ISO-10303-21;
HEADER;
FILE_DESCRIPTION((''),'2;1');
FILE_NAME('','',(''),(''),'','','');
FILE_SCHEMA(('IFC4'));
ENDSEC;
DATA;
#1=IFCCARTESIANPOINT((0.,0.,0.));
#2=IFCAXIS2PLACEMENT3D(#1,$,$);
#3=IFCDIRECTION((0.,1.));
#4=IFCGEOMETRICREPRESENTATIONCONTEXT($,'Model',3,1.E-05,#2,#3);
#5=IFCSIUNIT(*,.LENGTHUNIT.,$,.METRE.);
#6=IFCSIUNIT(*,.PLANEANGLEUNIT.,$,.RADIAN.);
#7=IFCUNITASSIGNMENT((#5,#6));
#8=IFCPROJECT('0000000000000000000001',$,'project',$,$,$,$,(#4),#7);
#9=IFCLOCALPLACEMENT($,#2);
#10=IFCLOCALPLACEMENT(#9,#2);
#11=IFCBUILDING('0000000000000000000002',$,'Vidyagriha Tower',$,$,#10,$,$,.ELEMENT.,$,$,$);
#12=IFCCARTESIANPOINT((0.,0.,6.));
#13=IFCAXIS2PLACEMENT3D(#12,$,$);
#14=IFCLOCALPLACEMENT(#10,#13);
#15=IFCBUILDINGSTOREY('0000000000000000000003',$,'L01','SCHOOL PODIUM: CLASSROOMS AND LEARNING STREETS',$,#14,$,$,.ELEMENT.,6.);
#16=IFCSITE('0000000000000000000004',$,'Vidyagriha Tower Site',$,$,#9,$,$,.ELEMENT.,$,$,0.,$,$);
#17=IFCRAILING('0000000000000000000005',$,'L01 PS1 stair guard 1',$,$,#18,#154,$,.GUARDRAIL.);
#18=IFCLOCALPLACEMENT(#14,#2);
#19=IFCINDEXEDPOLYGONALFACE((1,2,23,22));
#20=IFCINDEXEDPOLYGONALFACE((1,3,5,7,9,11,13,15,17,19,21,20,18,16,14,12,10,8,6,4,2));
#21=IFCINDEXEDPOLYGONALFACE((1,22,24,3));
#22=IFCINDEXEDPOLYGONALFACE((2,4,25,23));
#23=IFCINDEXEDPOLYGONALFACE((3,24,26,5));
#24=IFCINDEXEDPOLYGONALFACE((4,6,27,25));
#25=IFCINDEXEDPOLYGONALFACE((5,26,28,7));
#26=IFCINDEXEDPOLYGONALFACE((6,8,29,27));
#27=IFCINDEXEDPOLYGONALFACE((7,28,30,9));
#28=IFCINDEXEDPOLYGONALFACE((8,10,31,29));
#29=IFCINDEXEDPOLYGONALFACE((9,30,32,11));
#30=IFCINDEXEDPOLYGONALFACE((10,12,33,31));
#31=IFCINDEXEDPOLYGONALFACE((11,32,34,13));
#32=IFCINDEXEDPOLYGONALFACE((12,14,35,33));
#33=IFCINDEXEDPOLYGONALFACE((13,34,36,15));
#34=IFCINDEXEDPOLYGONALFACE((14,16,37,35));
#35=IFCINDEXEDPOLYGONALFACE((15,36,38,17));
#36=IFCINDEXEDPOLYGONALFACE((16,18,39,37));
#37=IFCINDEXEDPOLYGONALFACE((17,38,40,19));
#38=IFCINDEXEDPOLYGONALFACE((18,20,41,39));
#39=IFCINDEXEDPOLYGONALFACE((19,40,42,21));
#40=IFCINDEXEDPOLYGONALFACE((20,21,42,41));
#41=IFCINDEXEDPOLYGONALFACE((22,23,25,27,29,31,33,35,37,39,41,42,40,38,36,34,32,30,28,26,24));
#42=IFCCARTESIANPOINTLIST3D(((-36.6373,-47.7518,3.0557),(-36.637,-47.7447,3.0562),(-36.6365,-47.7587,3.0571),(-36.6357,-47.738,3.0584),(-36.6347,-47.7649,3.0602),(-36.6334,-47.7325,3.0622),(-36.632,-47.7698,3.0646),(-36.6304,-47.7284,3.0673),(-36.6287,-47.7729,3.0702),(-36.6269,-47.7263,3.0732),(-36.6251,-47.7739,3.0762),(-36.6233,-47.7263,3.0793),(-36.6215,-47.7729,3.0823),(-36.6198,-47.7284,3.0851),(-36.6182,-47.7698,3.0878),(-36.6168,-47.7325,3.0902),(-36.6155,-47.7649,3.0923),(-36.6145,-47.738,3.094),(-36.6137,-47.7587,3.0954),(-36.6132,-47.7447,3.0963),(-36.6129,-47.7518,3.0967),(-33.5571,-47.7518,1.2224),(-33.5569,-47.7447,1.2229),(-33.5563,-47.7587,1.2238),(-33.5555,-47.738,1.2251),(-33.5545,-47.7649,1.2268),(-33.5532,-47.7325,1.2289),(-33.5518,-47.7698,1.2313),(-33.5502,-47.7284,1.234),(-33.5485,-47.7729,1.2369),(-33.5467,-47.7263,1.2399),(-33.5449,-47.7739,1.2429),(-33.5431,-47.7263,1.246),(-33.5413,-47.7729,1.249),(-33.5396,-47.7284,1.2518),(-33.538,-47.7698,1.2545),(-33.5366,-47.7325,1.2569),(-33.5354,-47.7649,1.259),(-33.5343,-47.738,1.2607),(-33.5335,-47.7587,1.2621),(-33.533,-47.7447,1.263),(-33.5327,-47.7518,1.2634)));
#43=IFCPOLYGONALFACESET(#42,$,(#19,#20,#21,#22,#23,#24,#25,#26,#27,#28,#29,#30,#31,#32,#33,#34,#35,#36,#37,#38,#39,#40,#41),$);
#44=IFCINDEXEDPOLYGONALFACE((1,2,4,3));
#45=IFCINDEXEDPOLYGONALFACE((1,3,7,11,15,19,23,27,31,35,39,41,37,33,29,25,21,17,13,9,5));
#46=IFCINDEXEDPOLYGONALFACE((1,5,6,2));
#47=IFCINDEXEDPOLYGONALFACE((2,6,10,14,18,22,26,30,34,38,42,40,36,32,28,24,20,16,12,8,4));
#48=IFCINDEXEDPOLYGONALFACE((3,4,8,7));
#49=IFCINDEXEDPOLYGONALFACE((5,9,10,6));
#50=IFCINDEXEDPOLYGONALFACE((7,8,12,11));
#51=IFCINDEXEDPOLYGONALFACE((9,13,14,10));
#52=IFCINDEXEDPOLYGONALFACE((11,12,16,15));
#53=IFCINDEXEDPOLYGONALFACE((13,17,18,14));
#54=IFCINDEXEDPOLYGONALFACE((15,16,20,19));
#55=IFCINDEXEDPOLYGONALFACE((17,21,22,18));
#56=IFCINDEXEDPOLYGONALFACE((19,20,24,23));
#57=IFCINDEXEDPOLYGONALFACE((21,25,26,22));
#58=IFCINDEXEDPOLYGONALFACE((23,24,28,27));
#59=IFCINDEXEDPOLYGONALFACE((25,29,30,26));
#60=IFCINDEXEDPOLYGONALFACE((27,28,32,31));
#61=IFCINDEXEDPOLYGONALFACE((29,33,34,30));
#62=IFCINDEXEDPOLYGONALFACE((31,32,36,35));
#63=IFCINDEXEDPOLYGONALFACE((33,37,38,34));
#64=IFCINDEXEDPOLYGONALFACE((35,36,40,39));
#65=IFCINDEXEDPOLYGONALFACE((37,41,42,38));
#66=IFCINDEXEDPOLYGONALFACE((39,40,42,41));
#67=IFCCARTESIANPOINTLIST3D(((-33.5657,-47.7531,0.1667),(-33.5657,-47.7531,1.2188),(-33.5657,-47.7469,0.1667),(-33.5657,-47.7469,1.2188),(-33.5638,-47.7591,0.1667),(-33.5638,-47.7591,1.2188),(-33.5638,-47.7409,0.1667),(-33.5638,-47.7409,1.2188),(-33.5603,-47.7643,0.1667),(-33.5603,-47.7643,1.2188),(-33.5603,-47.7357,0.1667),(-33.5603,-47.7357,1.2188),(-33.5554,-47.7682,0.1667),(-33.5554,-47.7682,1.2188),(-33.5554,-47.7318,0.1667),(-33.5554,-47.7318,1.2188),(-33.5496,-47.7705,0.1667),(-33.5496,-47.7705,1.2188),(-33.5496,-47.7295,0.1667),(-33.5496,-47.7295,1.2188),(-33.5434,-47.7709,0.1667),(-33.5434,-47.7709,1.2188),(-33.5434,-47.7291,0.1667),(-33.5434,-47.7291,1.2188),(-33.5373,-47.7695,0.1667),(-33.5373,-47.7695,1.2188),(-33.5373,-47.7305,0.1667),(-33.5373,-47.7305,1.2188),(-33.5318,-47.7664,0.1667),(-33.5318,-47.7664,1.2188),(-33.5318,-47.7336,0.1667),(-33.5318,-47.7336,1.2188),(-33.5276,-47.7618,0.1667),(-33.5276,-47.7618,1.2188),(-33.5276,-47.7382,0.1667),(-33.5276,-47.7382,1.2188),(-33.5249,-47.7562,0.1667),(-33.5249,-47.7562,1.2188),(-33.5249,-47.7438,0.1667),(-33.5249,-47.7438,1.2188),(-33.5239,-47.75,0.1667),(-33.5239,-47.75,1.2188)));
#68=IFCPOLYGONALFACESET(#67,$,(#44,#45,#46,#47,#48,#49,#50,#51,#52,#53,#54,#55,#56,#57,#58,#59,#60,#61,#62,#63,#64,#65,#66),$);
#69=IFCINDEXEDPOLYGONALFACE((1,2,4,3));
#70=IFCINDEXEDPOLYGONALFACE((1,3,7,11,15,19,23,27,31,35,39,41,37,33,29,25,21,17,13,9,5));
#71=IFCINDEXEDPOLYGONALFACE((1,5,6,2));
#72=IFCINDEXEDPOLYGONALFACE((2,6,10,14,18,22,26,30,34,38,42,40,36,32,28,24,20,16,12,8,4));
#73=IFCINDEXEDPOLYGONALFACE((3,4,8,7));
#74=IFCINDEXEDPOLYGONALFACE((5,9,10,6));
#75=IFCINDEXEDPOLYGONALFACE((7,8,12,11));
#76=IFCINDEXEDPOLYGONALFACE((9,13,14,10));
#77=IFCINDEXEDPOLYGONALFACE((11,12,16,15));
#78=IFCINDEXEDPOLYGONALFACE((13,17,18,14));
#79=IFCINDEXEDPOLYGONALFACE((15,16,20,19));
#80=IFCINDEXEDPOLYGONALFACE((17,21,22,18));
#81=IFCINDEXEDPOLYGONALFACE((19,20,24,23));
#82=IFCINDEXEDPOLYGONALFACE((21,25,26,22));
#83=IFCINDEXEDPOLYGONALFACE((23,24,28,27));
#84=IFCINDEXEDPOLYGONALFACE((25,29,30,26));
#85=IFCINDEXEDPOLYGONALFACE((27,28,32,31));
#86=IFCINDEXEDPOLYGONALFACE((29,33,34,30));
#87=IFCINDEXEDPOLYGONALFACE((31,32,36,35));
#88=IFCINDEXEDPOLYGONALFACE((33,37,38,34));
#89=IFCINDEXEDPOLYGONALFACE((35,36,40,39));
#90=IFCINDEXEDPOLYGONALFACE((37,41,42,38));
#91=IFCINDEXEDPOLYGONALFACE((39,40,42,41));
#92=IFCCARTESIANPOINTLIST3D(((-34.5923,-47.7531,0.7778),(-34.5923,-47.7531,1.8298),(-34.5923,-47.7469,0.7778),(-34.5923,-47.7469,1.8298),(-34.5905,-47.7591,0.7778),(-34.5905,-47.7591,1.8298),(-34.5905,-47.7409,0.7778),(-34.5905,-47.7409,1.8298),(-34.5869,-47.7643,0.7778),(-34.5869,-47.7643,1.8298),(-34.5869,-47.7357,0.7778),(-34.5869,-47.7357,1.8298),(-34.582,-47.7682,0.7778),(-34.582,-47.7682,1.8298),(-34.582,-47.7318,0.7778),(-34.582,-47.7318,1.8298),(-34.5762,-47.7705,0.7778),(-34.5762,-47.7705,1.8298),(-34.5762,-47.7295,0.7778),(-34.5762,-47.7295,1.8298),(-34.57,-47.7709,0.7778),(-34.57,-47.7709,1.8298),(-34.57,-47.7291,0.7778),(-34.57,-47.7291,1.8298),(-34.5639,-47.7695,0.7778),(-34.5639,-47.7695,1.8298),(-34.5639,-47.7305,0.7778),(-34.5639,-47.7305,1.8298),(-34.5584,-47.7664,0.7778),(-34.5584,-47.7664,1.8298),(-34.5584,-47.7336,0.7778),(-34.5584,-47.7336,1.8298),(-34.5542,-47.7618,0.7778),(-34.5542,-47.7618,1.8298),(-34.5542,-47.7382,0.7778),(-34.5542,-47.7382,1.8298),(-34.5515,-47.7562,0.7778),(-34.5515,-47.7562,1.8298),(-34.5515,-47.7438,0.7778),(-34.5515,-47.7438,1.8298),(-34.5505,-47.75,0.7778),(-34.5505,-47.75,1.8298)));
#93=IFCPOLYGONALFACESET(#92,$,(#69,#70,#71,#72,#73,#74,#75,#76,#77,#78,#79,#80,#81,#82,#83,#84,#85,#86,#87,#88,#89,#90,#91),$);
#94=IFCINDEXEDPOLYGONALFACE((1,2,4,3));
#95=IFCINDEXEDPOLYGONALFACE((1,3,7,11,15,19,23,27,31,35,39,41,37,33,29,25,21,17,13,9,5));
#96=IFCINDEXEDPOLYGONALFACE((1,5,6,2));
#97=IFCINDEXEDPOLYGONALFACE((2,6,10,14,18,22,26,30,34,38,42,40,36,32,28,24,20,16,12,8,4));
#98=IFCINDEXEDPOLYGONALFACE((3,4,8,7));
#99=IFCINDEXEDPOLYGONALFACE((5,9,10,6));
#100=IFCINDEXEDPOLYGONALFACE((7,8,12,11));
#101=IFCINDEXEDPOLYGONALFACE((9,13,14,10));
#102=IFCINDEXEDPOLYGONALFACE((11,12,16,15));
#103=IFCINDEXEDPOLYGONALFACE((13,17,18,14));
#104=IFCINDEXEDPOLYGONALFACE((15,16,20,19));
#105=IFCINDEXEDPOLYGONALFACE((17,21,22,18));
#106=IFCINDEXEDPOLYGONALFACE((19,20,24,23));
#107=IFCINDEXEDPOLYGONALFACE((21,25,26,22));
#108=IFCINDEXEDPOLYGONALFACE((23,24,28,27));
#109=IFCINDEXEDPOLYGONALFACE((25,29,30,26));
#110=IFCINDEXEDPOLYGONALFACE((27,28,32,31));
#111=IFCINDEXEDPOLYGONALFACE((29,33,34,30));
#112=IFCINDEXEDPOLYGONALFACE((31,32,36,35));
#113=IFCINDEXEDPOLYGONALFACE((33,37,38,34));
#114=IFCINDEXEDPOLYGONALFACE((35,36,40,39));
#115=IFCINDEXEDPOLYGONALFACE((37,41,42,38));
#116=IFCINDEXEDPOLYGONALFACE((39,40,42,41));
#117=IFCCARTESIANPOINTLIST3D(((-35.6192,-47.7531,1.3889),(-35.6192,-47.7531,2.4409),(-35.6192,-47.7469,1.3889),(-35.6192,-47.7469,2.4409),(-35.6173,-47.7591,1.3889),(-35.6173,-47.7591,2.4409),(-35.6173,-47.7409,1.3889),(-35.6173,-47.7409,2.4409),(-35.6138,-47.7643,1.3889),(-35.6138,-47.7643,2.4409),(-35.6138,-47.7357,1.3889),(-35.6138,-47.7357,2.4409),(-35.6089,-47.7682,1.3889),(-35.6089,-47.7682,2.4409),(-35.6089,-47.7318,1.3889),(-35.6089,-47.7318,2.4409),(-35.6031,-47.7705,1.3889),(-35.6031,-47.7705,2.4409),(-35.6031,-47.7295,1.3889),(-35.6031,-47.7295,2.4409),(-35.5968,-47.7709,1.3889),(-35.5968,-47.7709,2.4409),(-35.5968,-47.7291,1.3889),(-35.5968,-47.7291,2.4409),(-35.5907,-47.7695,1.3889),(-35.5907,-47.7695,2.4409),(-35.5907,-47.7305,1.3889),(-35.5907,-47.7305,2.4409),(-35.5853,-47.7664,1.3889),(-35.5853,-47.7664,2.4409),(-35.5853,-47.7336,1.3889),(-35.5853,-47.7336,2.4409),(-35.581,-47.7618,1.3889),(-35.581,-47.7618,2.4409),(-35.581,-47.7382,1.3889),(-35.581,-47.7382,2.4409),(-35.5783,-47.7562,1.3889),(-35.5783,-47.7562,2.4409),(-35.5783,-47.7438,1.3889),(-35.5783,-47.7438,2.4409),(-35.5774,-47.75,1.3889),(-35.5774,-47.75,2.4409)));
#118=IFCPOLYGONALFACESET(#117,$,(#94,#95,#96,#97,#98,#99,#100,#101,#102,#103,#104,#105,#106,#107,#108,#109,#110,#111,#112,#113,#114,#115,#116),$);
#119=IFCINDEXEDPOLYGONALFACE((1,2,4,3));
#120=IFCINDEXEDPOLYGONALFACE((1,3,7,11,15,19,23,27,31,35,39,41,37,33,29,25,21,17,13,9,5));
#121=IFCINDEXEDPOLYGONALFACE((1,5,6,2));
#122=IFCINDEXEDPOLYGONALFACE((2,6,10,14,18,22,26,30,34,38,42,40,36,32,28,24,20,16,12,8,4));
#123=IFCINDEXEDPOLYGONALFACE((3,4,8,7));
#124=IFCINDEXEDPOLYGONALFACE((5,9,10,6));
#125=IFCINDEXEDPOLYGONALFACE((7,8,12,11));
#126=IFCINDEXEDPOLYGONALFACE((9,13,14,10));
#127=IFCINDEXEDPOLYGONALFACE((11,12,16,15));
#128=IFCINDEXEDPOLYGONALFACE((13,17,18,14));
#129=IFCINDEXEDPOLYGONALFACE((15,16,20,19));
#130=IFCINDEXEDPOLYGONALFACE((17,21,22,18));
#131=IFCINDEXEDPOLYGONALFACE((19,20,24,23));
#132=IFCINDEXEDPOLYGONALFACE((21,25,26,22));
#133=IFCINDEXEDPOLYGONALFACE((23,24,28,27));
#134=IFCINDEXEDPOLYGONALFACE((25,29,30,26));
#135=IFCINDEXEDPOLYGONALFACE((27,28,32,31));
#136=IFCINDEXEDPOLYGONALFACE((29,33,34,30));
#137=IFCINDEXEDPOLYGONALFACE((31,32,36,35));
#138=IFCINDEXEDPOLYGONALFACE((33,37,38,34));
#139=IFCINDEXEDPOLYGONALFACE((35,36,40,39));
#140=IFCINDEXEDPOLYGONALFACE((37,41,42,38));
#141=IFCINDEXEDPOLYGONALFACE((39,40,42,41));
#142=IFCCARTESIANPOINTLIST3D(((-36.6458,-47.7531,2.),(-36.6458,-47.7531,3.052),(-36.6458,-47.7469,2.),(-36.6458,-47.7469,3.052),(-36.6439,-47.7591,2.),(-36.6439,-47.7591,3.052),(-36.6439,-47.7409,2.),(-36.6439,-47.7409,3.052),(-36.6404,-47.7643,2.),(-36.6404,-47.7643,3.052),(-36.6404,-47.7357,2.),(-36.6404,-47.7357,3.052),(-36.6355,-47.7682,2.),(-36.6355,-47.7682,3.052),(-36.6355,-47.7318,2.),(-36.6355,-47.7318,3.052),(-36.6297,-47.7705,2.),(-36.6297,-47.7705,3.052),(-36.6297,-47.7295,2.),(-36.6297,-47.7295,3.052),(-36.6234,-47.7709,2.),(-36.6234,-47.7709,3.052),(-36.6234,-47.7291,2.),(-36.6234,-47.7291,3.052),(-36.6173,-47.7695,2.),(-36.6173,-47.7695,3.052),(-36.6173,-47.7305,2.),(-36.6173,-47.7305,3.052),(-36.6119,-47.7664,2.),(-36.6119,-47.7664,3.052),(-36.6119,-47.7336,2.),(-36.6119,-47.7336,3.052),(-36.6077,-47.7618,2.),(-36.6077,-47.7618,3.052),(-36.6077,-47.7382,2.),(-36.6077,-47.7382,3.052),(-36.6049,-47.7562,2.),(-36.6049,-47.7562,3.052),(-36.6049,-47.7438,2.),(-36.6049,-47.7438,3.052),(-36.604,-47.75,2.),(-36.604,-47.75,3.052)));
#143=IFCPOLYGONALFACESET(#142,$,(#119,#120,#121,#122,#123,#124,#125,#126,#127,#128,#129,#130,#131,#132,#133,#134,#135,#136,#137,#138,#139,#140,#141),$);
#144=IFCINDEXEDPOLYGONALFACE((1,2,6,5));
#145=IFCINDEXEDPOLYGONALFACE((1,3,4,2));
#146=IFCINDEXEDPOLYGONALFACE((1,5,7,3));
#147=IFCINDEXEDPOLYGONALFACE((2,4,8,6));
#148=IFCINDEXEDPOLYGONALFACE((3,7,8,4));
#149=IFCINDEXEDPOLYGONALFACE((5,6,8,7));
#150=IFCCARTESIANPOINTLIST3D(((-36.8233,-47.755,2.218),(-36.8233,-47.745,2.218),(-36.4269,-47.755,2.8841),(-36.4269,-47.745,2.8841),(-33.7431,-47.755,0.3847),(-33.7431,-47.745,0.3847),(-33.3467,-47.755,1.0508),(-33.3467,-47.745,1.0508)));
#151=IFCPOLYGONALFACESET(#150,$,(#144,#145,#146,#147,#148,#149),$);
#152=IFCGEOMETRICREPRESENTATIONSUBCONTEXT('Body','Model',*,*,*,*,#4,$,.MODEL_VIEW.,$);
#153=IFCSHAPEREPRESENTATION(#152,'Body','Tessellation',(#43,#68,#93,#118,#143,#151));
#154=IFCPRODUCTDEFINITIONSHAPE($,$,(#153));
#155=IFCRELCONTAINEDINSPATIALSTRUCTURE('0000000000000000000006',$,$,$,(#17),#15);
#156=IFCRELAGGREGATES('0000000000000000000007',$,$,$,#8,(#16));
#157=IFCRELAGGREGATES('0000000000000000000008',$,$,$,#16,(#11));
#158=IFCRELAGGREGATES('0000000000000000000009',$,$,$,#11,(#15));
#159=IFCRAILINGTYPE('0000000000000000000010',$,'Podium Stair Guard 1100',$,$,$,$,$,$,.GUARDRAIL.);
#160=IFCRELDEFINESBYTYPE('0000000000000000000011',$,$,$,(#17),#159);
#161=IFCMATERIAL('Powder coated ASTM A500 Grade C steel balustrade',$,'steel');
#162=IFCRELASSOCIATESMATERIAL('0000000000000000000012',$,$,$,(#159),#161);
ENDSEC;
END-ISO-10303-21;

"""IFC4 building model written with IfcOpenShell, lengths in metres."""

from ifc_helpers import new_model, si_unit, direction, frame, origin, origin_2d, place, context, subcontext, project, spatial, rectangle, circle, extrude, material, type_object, element, save


model = new_model("IFC4")

# Units and contexts
model_context = context("Model", 3, precision=1e-05, world=origin(), true_north=direction((0.0, 1.0)))
body_context = subcontext(model_context, "Body", "Model", "MODEL_VIEW")
ifc_project = project(units=[si_unit("LENGTHUNIT", "METRE"), si_unit("PLANEANGLEUNIT", "RADIAN")], contexts=[model_context])

# Site, building, storey
site_placement = place(None, origin())
site = spatial("IfcSite", under=ifc_project, at=site_placement, Name="Vidyagriha Tower Site", CompositionType="ELEMENT", RefElevation=0.0)
building_placement = place(site_placement, origin())
building = spatial("IfcBuilding", under=site, at=building_placement, Name="Vidyagriha Tower", CompositionType="ELEMENT")
storey_placement = place(building_placement, frame((0.0, 0.0, 6.0)))
storey = spatial("IfcBuildingStorey", under=building, at=storey_placement, Name="L01", Description="SCHOOL PODIUM: CLASSROOMS AND LEARNING STREETS", CompositionType="ELEMENT", Elevation=6.0)

# Railing
ifc_material_1 = material(Name="Powder coated ASTM A500 Grade C steel balustrade", Category="steel")
railing_type_1 = type_object("IfcRailingType", Name="Podium Stair Guard 1100", PredefinedType="GUARDRAIL", material=ifc_material_1)
railing_1_placement = place(storey_placement, frame((-33.5449, -47.75, 0.1667)))
element("IfcRailing", 1, at=railing_1_placement, inside=storey, type_object=railing_type_1, Name="L01 PS1 stair guard 1", PredefinedType="GUARDRAIL", context=body_context, shape_type="SweptSolid", body=[
    extrude(circle(Radius=0.0239, at=origin_2d()), frame((0.0, 0.0, 1.0762), z_axis=(-0.859309, 0.0, 0.511458), x_axis=(0.0, -1.0, 0.0)), (0.0, 0.0, 1.0), 3.5845),
    extrude(circle(Radius=0.021, at=origin_2d()), origin(), (0.0, 0.0, 1.0), 1.052),
    extrude(circle(Radius=0.021, at=origin_2d()), frame((-1.0266, 0.0, 0.6111)), (0.0, 0.0, 1.0), 1.052),
    extrude(circle(Radius=0.021, at=origin_2d()), frame((-2.0535, 0.0, 1.2222)), (0.0, 0.0, 1.0), 1.052),
    extrude(circle(Radius=0.021, at=origin_2d()), frame((-3.0801, 0.0, 1.8333)), (0.0, 0.0, 1.0), 1.052),
    extrude(rectangle(XDim=0.01, YDim=0.7751, at=origin_2d()), frame((0.0, 0.0, 0.551), z_axis=(-0.859309, 0.0, 0.511458), x_axis=(0.0, -1.0, 0.0)), (0.0, 0.0, 1.0), 3.5845),
])

save(model, "model.ifc")
